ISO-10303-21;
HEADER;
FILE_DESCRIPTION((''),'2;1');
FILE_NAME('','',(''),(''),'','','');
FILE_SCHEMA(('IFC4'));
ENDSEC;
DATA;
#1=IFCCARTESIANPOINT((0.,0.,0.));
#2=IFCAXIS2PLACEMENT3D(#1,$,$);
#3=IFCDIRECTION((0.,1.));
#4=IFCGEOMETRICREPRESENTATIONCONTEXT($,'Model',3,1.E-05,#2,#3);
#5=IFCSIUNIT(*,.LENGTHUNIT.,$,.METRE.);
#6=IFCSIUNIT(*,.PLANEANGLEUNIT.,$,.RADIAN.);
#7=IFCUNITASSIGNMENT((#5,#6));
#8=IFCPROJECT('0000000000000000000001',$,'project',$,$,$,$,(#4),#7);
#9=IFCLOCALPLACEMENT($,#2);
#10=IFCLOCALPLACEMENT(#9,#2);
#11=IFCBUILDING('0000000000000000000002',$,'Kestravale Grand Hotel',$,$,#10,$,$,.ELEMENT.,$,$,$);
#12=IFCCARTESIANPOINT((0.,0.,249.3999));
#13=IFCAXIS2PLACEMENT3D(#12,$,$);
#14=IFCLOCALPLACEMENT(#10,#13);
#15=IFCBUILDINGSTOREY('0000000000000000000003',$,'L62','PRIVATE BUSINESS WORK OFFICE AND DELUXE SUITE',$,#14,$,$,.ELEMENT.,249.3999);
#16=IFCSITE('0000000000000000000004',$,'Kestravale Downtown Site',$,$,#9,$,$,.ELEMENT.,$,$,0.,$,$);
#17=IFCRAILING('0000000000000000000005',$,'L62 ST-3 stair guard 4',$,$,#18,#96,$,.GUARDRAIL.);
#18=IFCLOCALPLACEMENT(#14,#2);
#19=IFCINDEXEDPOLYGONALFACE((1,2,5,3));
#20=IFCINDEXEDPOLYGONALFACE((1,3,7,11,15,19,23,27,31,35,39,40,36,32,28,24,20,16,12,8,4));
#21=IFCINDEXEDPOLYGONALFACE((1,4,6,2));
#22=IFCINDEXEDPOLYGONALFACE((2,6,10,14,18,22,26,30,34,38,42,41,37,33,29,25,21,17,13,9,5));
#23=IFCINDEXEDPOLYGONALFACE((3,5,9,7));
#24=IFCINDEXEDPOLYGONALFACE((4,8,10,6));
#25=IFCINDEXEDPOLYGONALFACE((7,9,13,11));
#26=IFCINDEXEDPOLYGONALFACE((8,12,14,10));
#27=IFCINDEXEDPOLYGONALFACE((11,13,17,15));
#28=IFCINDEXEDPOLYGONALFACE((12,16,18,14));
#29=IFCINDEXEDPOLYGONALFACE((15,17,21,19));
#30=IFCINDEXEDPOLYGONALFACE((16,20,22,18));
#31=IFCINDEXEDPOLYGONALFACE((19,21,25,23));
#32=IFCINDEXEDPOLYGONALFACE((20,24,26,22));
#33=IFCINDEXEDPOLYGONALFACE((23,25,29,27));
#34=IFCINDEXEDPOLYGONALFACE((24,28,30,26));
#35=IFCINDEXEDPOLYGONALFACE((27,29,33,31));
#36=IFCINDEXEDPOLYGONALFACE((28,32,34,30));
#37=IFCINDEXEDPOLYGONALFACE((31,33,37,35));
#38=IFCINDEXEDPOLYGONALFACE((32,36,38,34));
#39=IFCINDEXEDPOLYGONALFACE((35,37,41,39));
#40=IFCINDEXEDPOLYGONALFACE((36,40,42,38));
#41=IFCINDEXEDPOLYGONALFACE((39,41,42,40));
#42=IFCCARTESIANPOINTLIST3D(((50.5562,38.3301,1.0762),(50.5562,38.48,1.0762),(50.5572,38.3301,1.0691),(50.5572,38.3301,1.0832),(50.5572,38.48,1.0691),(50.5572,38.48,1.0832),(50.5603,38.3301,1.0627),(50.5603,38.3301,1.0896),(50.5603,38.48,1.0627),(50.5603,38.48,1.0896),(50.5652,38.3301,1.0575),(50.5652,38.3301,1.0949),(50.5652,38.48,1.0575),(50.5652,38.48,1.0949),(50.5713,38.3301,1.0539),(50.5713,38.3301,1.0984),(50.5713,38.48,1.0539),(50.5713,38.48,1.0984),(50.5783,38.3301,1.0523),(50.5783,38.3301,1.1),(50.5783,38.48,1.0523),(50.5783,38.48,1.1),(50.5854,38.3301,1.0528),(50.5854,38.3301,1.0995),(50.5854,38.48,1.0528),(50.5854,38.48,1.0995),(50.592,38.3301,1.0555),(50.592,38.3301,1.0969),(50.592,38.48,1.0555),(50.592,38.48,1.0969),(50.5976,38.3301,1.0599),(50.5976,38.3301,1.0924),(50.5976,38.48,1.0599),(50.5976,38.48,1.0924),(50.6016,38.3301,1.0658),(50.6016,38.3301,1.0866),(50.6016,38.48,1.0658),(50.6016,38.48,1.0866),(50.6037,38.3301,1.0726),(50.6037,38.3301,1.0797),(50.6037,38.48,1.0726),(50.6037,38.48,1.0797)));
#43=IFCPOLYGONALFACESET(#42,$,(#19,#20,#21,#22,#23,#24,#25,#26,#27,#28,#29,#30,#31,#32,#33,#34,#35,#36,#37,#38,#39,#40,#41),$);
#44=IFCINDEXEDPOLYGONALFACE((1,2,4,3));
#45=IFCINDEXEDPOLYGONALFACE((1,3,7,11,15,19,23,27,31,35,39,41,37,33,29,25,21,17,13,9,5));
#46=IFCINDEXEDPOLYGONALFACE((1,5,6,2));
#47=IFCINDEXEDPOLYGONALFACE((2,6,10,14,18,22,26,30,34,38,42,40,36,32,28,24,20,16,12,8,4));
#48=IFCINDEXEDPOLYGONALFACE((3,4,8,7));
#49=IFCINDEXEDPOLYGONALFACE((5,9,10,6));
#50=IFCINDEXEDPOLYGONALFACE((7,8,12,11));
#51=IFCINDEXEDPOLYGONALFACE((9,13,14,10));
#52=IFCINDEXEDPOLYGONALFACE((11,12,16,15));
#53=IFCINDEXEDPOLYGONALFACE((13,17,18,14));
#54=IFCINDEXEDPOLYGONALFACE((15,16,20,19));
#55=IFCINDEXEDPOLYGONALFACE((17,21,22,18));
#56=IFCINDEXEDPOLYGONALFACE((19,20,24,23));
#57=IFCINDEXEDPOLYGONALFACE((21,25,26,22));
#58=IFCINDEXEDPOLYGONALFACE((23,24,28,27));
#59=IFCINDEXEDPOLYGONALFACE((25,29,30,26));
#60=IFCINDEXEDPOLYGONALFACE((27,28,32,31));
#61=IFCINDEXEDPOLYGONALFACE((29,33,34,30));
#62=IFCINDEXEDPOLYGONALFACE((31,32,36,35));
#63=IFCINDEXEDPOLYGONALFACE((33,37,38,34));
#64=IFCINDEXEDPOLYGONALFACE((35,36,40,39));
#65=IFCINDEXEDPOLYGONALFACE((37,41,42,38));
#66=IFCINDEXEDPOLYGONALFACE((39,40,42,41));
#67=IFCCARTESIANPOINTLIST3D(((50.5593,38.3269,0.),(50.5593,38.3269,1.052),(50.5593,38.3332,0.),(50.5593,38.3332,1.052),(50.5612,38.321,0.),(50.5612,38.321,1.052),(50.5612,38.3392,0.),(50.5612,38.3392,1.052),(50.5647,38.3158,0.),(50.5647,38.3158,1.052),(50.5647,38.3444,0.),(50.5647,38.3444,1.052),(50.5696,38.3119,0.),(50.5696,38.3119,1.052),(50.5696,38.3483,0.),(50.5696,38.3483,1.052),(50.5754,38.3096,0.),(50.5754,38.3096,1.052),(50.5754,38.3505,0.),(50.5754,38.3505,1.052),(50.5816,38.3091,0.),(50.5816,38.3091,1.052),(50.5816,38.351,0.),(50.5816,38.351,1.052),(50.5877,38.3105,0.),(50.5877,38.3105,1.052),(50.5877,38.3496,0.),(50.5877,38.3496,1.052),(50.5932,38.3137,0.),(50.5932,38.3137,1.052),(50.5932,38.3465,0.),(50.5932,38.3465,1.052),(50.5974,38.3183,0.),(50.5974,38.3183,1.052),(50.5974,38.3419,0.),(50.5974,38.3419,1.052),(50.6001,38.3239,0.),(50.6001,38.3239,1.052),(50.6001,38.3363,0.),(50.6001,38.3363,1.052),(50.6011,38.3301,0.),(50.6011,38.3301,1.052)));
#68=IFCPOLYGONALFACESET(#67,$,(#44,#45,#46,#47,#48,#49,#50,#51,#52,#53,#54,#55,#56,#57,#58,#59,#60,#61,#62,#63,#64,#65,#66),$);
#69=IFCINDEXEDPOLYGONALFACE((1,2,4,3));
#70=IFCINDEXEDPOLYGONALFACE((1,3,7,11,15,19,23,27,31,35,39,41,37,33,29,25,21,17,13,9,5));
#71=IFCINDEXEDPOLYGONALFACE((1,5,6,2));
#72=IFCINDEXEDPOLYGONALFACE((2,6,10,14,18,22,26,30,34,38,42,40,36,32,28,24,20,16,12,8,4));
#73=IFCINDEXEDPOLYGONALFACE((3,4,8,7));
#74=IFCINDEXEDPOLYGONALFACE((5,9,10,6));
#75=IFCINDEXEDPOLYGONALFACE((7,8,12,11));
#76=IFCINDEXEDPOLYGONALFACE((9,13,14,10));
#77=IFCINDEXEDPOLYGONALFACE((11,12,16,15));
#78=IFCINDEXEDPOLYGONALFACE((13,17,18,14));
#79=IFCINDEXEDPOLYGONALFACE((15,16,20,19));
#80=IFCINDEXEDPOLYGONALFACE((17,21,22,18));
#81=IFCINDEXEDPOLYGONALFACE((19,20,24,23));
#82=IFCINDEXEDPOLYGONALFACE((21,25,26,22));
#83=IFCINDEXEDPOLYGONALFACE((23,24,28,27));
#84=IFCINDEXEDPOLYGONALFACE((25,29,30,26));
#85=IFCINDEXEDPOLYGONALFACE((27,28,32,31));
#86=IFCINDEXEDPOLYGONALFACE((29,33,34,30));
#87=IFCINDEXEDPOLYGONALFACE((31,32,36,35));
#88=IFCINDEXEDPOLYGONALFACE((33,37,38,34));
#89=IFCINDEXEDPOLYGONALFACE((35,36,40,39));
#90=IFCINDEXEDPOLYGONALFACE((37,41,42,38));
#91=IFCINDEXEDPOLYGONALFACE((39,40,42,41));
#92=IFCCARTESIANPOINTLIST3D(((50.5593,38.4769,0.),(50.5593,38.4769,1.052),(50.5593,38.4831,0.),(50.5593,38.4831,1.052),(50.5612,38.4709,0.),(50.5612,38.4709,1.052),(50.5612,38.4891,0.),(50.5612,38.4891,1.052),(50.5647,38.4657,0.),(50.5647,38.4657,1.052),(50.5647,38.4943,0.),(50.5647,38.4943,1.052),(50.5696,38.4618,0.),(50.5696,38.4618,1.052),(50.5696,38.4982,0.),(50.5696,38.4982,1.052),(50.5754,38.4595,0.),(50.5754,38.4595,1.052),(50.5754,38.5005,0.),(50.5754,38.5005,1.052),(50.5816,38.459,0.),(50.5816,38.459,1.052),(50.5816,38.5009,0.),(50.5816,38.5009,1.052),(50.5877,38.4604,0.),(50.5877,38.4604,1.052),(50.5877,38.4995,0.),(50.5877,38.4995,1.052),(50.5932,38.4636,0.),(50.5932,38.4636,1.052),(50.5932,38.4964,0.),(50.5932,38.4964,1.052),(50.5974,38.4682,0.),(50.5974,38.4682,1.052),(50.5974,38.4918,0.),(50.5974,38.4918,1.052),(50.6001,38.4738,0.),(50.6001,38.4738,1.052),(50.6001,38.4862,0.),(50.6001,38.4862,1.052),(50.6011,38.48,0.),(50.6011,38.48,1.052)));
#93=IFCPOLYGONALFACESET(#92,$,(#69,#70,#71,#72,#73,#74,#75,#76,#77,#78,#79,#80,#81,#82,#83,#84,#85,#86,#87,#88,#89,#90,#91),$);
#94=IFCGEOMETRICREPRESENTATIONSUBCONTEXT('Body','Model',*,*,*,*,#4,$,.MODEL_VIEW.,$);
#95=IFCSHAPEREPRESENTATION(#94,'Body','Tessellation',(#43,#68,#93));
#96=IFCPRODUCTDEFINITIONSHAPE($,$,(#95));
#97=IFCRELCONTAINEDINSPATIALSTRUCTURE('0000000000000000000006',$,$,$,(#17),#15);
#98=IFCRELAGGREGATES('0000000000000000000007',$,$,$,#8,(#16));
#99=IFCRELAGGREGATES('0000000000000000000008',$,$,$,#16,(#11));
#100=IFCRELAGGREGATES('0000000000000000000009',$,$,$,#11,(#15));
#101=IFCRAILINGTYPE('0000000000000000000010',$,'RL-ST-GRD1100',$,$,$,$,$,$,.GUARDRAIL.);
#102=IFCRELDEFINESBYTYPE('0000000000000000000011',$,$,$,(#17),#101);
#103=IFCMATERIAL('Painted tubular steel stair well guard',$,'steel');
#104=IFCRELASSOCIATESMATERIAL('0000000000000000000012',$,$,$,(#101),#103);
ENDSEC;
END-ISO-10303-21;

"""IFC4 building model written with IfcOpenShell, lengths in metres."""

from ifc_helpers import new_model, si_unit, direction, frame, origin, origin_2d, place, context, subcontext, project, spatial, circle, extrude, material, type_object, element, save


model = new_model("IFC4")

# Units and contexts
model_context = context("Model", 3, precision=1e-05, world=origin(), true_north=direction((0.0, 1.0)))
body_context = subcontext(model_context, "Body", "Model", "MODEL_VIEW")
ifc_project = project(units=[si_unit("LENGTHUNIT", "METRE"), si_unit("PLANEANGLEUNIT", "RADIAN")], contexts=[model_context])

# Site, building, storey
site_placement = place(None, origin())
site = spatial("IfcSite", under=ifc_project, at=site_placement, Name="Kestravale Downtown Site", CompositionType="ELEMENT", RefElevation=0.0)
building_placement = place(site_placement, origin())
building = spatial("IfcBuilding", under=site, at=building_placement, Name="Kestravale Grand Hotel", CompositionType="ELEMENT")
storey_placement = place(building_placement, frame((0.0, 0.0, 249.3999)))
storey = spatial("IfcBuildingStorey", under=building, at=storey_placement, Name="L62", Description="PRIVATE BUSINESS WORK OFFICE AND DELUXE SUITE", CompositionType="ELEMENT", Elevation=249.3999)

# Railing
ifc_material_1 = material(Name="Painted tubular steel stair well guard", Category="steel")
railing_type_1 = type_object("IfcRailingType", Name="RL-ST-GRD1100", PredefinedType="GUARDRAIL", material=ifc_material_1)
railing_1_placement = place(storey_placement, frame((50.5801, 38.3301, 0.0)))
element("IfcRailing", 1, at=railing_1_placement, inside=storey, type_object=railing_type_1, Name="L62 ST-3 stair guard 4", PredefinedType="GUARDRAIL", context=body_context, shape_type="SweptSolid", body=[
    extrude(circle(Radius=0.0239, at=origin_2d()), frame((0.0, 0.0, 1.0762), z_axis=(0.0, 1.0, 0.0), x_axis=(-1.0, 0.0, 0.0)), (0.0, 0.0, 1.0), 0.1499),
    extrude(circle(Radius=0.021, at=origin_2d()), origin(), (0.0, 0.0, 1.0), 1.052),
    extrude(circle(Radius=0.021, at=origin_2d()), frame((0.0, 0.1499, 0.0)), (0.0, 0.0, 1.0), 1.052),
])

save(model, "model.ifc")
